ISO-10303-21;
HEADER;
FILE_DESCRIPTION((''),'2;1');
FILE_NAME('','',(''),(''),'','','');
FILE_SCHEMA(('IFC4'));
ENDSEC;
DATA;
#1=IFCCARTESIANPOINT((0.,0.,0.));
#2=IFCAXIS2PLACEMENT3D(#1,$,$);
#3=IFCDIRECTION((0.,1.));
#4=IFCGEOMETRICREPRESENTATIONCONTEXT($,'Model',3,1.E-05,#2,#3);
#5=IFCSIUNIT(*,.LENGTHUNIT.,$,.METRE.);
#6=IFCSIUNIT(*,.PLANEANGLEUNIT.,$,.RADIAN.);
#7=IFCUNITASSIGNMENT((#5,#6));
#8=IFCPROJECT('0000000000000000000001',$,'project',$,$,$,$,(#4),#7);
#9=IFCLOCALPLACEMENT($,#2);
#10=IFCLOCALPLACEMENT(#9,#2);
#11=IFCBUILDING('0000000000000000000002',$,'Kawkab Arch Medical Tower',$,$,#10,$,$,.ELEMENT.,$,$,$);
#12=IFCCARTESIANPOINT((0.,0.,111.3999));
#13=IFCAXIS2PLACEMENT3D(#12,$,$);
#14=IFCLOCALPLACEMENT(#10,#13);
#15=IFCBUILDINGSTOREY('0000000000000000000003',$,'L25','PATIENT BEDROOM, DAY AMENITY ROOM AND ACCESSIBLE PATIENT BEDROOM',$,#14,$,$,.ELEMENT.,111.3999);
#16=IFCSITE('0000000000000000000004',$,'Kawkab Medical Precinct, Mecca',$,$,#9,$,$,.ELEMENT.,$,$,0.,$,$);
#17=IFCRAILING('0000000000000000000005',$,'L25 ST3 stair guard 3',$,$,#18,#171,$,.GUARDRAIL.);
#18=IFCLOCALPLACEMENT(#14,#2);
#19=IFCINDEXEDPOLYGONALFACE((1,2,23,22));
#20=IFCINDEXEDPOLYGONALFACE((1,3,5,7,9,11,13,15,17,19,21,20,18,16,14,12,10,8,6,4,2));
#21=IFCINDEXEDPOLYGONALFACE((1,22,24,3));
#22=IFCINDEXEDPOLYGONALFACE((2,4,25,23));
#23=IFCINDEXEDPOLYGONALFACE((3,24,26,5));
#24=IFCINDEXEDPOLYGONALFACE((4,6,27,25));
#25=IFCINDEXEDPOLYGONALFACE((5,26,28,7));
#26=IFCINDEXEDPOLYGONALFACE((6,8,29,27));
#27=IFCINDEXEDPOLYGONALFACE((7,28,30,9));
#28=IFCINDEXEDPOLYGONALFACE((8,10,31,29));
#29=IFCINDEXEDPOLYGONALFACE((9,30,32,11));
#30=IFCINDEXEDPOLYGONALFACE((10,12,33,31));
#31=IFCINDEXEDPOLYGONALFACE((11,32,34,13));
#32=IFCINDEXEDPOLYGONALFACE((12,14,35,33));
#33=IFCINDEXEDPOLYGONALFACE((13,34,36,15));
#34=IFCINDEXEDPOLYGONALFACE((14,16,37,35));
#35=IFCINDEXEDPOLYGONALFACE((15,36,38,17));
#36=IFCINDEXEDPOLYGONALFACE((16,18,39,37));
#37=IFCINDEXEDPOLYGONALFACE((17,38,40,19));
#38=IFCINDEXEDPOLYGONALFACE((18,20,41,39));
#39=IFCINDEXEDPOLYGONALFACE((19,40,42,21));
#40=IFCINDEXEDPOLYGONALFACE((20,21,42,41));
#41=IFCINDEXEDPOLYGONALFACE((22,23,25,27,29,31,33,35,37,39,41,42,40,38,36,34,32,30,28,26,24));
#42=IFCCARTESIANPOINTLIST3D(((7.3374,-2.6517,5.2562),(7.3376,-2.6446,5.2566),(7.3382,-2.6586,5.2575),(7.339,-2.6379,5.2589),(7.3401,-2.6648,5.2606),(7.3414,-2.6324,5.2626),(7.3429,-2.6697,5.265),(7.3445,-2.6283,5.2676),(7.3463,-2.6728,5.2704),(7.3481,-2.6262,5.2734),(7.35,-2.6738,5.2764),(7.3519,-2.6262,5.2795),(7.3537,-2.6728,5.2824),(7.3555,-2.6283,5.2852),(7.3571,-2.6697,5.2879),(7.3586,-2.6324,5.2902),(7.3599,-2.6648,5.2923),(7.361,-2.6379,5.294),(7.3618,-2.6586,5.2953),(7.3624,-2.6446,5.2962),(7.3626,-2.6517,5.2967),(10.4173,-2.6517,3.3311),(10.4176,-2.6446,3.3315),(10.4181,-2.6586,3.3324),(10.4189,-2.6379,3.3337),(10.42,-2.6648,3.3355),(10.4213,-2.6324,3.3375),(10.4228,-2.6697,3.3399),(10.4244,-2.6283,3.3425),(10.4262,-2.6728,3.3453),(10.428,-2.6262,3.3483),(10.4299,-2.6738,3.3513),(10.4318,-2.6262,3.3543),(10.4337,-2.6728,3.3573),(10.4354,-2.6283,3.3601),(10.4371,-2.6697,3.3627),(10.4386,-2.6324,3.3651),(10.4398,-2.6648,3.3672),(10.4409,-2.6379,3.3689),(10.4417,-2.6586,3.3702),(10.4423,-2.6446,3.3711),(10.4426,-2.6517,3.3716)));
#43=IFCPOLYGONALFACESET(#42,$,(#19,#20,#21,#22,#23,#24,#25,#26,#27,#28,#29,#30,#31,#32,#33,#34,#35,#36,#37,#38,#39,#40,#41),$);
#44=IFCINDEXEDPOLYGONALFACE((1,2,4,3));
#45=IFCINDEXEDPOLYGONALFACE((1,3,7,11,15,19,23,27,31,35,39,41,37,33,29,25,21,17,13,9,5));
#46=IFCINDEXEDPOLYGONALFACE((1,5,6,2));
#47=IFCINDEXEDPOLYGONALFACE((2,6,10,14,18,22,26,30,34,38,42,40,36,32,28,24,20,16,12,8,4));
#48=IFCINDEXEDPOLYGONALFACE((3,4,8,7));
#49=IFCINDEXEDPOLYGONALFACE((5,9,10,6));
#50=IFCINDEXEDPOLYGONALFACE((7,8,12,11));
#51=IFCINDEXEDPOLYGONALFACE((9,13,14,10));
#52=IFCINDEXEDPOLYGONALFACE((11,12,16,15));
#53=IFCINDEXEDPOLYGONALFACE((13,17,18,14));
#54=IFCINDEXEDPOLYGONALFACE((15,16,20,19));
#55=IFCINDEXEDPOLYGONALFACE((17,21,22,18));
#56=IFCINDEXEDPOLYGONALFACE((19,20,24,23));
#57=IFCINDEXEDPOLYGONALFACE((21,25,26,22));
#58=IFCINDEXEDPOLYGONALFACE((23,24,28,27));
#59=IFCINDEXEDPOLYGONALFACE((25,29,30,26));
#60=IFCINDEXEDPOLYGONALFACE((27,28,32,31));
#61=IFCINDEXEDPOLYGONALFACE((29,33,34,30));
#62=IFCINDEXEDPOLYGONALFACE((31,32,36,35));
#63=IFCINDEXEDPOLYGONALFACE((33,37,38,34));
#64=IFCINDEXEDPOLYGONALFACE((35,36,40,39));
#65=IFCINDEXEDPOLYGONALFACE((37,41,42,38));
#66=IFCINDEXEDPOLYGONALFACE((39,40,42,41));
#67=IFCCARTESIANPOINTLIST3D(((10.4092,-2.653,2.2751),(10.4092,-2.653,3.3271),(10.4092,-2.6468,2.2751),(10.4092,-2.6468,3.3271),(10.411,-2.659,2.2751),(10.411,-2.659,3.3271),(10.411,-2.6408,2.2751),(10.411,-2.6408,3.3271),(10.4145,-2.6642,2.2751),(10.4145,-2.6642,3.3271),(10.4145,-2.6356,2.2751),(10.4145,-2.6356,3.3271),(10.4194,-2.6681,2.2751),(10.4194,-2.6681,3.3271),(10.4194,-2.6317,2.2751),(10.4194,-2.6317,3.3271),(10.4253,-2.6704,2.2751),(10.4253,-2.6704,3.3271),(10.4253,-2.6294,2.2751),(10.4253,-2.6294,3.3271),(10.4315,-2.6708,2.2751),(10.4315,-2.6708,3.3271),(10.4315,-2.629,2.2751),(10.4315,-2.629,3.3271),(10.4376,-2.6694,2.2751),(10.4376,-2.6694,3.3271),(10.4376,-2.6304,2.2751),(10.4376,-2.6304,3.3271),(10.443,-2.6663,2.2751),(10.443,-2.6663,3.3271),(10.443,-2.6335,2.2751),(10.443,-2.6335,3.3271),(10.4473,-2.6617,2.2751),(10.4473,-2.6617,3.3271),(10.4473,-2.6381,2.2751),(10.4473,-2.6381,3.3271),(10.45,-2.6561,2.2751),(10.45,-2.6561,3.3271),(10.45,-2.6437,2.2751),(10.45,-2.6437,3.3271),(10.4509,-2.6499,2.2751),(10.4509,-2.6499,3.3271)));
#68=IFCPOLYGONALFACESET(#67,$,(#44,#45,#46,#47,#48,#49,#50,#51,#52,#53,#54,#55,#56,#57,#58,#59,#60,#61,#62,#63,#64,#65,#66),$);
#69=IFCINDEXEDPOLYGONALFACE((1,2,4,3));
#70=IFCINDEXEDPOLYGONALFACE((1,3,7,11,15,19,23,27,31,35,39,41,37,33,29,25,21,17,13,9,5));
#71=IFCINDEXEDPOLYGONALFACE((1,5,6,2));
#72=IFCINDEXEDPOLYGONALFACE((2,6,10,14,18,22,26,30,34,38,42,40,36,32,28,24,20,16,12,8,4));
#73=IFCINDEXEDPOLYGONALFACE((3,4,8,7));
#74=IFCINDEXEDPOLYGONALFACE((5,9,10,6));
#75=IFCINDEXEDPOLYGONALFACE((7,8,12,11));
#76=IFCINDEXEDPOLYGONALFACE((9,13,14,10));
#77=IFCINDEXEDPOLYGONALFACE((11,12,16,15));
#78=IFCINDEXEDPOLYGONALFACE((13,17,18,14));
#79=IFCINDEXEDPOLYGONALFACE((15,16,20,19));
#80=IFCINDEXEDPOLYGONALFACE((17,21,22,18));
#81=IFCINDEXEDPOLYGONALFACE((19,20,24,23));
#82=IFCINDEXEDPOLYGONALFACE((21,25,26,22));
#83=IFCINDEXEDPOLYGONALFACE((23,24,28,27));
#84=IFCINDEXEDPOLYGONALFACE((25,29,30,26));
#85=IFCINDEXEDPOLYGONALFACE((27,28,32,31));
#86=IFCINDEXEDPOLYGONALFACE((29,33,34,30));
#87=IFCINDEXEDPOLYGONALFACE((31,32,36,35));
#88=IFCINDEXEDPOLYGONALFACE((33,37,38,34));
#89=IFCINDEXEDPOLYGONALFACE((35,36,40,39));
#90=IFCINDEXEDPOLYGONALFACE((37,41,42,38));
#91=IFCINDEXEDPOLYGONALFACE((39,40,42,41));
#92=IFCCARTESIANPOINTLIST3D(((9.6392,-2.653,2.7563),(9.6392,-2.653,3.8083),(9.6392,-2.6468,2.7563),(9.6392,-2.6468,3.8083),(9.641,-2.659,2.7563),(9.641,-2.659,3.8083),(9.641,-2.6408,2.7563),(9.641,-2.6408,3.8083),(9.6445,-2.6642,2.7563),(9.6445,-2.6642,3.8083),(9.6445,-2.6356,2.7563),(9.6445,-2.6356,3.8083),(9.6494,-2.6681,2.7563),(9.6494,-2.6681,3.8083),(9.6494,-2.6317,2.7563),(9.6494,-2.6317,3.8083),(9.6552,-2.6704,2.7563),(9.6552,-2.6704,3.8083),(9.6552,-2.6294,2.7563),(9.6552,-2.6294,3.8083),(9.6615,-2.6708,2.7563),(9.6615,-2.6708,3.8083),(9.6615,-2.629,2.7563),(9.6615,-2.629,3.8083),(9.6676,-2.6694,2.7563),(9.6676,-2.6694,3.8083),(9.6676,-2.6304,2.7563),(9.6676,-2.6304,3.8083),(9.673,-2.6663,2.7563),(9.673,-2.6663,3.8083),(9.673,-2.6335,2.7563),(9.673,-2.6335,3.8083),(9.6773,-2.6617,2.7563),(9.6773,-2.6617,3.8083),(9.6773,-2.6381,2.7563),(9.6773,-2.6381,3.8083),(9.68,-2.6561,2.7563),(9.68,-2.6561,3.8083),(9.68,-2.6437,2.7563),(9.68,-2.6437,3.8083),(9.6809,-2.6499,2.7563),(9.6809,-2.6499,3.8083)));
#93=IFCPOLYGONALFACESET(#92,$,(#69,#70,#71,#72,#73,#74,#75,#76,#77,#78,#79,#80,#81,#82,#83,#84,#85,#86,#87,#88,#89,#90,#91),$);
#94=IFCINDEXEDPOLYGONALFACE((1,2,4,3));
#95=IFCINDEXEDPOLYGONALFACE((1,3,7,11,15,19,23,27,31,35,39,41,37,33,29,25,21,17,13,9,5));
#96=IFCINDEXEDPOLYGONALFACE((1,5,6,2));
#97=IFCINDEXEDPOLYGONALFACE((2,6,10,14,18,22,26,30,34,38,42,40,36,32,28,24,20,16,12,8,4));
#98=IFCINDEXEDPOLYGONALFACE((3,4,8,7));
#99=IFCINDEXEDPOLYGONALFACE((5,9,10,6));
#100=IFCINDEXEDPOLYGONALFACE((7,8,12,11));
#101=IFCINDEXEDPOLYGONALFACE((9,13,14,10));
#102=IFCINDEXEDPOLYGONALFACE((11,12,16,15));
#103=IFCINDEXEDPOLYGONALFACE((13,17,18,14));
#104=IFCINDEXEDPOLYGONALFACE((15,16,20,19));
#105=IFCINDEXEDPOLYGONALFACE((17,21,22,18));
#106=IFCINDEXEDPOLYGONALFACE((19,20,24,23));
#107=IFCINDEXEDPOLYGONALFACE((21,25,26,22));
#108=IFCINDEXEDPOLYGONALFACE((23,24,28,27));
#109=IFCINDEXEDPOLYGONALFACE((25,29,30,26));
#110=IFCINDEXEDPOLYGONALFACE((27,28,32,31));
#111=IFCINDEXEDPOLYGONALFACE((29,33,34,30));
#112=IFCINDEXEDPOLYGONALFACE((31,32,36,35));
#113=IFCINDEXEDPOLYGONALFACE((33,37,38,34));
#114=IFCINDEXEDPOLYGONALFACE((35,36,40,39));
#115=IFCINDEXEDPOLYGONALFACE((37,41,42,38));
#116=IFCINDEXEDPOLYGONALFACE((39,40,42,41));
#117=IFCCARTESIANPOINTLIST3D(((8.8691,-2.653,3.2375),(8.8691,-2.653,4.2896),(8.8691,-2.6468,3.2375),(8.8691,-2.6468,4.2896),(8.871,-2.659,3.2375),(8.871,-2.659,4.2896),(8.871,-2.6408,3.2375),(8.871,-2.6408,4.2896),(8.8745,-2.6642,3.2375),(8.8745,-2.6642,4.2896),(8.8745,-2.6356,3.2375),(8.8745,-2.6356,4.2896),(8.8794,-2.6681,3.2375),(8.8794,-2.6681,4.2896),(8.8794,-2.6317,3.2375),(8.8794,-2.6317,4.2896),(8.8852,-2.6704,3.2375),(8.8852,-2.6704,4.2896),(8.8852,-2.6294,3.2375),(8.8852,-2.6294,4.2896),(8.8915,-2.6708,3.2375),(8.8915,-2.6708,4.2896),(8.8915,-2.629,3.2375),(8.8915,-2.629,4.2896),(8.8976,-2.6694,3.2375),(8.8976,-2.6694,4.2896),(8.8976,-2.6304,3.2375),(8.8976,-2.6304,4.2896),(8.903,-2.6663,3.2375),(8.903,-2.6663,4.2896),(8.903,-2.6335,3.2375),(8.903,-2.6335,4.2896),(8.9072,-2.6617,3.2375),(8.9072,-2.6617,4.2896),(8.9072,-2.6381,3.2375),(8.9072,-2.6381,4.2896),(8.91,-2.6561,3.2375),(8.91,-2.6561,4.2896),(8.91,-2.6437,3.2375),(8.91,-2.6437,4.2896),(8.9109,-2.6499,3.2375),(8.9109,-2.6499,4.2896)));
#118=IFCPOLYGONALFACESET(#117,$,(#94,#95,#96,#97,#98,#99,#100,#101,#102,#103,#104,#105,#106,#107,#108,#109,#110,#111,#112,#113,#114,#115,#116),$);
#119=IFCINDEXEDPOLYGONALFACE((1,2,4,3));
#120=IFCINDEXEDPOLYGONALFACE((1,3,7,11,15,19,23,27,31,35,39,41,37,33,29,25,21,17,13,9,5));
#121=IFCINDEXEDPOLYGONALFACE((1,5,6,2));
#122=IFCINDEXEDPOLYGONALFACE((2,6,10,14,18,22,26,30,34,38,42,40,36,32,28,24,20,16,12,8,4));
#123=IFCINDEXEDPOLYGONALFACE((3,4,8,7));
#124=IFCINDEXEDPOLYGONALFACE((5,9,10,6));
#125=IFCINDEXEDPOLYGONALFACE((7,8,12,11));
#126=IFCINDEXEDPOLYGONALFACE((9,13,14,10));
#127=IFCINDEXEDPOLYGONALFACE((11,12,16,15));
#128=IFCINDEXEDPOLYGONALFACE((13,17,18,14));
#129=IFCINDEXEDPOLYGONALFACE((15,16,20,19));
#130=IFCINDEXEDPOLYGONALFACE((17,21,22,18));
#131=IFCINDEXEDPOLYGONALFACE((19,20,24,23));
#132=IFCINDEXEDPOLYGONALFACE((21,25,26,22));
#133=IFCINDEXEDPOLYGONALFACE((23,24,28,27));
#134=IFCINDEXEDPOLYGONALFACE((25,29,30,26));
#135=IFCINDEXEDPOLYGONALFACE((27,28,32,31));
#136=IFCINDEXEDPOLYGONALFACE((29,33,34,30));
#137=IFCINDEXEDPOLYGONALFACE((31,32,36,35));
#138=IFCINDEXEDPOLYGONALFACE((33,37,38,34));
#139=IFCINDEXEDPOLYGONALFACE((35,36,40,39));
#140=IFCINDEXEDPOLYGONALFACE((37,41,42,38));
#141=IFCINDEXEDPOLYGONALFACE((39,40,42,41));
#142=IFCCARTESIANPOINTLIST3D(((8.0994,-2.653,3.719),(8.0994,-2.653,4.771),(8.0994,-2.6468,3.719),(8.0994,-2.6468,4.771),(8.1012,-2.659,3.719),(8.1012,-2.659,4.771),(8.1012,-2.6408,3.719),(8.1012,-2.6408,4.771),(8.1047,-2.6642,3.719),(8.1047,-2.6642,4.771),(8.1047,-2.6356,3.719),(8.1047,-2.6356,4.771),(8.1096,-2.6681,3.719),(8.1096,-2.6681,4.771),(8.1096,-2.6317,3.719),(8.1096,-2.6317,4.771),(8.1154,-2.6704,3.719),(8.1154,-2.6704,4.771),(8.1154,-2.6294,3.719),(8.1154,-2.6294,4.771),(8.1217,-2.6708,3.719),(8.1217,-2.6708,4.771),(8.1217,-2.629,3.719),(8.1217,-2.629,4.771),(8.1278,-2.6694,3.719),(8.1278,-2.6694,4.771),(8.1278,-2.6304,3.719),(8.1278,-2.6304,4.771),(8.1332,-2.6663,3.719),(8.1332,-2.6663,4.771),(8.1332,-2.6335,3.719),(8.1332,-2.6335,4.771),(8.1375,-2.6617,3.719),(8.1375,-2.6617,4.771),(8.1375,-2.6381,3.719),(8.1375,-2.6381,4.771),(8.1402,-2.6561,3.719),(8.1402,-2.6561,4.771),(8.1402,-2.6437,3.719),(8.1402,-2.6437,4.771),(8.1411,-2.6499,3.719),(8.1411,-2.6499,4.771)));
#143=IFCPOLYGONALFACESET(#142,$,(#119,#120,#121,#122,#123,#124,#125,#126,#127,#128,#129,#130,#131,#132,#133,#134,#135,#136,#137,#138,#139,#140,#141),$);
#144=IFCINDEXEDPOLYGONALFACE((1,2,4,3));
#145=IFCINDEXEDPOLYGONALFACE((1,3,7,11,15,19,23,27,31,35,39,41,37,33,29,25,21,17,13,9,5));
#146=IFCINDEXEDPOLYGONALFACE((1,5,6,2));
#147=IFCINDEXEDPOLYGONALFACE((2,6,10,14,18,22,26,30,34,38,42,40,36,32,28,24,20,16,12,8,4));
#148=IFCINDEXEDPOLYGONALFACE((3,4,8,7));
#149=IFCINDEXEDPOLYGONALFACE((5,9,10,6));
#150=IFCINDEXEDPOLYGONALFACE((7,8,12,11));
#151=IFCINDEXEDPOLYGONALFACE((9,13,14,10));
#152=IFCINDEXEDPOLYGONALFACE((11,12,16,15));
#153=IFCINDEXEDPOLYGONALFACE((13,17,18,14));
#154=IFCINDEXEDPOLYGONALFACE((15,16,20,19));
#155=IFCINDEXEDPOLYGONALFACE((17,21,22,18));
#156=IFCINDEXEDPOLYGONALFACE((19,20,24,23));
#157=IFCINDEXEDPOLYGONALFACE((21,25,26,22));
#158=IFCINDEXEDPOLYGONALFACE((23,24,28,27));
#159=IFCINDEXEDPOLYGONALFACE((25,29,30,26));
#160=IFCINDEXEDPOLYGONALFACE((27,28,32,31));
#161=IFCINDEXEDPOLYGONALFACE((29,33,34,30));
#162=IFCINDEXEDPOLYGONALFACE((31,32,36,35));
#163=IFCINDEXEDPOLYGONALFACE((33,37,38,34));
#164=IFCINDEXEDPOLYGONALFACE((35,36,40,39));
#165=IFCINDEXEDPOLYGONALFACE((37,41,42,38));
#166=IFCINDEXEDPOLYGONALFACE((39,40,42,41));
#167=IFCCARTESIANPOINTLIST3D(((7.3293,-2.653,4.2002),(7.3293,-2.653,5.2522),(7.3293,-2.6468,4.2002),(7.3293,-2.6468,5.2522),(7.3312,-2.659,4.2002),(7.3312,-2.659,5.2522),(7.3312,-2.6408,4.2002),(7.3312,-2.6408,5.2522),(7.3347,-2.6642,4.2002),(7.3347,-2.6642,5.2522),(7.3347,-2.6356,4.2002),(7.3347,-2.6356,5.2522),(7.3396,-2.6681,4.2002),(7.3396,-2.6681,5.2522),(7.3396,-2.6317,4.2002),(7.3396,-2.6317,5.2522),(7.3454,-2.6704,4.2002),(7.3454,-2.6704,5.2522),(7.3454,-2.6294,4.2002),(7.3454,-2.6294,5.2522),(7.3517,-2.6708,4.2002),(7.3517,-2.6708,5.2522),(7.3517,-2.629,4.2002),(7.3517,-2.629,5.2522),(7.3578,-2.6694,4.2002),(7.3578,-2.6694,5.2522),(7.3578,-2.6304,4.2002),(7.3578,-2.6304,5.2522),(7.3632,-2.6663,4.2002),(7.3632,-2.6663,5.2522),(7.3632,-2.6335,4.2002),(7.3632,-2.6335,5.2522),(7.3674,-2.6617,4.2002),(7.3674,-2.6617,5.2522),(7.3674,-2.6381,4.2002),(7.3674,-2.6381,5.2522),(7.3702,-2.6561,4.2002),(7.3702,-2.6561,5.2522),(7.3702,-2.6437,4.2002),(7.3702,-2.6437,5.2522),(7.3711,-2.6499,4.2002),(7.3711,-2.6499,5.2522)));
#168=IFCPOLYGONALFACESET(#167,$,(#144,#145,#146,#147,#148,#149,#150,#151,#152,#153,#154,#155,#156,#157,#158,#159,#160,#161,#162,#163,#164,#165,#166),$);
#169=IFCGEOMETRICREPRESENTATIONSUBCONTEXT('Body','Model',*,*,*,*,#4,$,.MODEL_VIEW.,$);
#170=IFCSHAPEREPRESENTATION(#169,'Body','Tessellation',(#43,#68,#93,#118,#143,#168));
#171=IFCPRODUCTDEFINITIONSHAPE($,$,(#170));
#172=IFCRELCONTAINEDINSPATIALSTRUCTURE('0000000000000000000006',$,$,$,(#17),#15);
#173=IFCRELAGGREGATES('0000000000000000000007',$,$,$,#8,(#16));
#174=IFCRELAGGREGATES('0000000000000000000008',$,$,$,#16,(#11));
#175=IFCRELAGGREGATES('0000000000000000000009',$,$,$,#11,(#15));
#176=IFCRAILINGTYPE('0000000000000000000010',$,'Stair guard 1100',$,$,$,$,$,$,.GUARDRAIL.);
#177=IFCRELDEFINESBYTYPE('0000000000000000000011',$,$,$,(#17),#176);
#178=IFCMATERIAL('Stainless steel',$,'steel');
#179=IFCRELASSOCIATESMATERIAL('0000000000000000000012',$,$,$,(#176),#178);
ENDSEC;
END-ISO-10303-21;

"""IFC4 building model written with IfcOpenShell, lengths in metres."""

from ifc_helpers import new_model, si_unit, direction, frame, origin, origin_2d, place, context, subcontext, project, spatial, circle, extrude, material, type_object, element, save


model = new_model("IFC4")

# Units and contexts
model_context = context("Model", 3, precision=1e-05, world=origin(), true_north=direction((0.0, 1.0)))
body_context = subcontext(model_context, "Body", "Model", "MODEL_VIEW")
ifc_project = project(units=[si_unit("LENGTHUNIT", "METRE"), si_unit("PLANEANGLEUNIT", "RADIAN")], contexts=[model_context])

# Site, building, storey
site_placement = place(None, origin())
site = spatial("IfcSite", under=ifc_project, at=site_placement, Name="Kawkab Medical Precinct, Mecca", CompositionType="ELEMENT", RefElevation=0.0)
building_placement = place(site_placement, origin())
building = spatial("IfcBuilding", under=site, at=building_placement, Name="Kawkab Arch Medical Tower", CompositionType="ELEMENT")
storey_placement = place(building_placement, frame((0.0, 0.0, 111.3999)))
storey = spatial("IfcBuildingStorey", under=building, at=storey_placement, Name="L25", Description="PATIENT BEDROOM, DAY AMENITY ROOM AND ACCESSIBLE PATIENT BEDROOM", CompositionType="ELEMENT", Elevation=111.3999)

# Railing
ifc_material_1 = material(Name="Stainless steel", Category="steel")
railing_type = type_object("IfcRailingType", Name="Stair guard 1100", PredefinedType="GUARDRAIL", material=ifc_material_1)
railing_1_placement = place(storey_placement, frame((10.4299, -2.6499, 2.2751)))
element("IfcRailing", 1, at=railing_1_placement, inside=storey, type_object=railing_type, Name="L25 ST3 stair guard 3", PredefinedType="GUARDRAIL", context=body_context, shape_type="SweptSolid", body=[
    extrude(circle(Radius=0.0239, at=origin_2d()), frame((0.0, 0.0, 1.0762), z_axis=(-0.847979, 0.0, 0.530029), x_axis=(0.0, -1.0, 0.0)), (0.0, 0.0, 1.0), 3.6321),
    extrude(circle(Radius=0.021, at=origin_2d()), origin(), (0.0, 0.0, 1.0), 1.052),
    extrude(circle(Radius=0.021, at=origin_2d()), frame((-0.77, 0.0, 0.4812)), (0.0, 0.0, 1.0), 1.052),
    extrude(circle(Radius=0.021, at=origin_2d()), frame((-1.54, 0.0, 0.9624)), (0.0, 0.0, 1.0), 1.052),
    extrude(circle(Radius=0.021, at=origin_2d()), frame((-2.3098, 0.0, 1.4438)), (0.0, 0.0, 1.0), 1.052),
    extrude(circle(Radius=0.021, at=origin_2d()), frame((-3.0798, 0.0, 1.925)), (0.0, 0.0, 1.0), 1.052),
])

save(model, "model.ifc")
